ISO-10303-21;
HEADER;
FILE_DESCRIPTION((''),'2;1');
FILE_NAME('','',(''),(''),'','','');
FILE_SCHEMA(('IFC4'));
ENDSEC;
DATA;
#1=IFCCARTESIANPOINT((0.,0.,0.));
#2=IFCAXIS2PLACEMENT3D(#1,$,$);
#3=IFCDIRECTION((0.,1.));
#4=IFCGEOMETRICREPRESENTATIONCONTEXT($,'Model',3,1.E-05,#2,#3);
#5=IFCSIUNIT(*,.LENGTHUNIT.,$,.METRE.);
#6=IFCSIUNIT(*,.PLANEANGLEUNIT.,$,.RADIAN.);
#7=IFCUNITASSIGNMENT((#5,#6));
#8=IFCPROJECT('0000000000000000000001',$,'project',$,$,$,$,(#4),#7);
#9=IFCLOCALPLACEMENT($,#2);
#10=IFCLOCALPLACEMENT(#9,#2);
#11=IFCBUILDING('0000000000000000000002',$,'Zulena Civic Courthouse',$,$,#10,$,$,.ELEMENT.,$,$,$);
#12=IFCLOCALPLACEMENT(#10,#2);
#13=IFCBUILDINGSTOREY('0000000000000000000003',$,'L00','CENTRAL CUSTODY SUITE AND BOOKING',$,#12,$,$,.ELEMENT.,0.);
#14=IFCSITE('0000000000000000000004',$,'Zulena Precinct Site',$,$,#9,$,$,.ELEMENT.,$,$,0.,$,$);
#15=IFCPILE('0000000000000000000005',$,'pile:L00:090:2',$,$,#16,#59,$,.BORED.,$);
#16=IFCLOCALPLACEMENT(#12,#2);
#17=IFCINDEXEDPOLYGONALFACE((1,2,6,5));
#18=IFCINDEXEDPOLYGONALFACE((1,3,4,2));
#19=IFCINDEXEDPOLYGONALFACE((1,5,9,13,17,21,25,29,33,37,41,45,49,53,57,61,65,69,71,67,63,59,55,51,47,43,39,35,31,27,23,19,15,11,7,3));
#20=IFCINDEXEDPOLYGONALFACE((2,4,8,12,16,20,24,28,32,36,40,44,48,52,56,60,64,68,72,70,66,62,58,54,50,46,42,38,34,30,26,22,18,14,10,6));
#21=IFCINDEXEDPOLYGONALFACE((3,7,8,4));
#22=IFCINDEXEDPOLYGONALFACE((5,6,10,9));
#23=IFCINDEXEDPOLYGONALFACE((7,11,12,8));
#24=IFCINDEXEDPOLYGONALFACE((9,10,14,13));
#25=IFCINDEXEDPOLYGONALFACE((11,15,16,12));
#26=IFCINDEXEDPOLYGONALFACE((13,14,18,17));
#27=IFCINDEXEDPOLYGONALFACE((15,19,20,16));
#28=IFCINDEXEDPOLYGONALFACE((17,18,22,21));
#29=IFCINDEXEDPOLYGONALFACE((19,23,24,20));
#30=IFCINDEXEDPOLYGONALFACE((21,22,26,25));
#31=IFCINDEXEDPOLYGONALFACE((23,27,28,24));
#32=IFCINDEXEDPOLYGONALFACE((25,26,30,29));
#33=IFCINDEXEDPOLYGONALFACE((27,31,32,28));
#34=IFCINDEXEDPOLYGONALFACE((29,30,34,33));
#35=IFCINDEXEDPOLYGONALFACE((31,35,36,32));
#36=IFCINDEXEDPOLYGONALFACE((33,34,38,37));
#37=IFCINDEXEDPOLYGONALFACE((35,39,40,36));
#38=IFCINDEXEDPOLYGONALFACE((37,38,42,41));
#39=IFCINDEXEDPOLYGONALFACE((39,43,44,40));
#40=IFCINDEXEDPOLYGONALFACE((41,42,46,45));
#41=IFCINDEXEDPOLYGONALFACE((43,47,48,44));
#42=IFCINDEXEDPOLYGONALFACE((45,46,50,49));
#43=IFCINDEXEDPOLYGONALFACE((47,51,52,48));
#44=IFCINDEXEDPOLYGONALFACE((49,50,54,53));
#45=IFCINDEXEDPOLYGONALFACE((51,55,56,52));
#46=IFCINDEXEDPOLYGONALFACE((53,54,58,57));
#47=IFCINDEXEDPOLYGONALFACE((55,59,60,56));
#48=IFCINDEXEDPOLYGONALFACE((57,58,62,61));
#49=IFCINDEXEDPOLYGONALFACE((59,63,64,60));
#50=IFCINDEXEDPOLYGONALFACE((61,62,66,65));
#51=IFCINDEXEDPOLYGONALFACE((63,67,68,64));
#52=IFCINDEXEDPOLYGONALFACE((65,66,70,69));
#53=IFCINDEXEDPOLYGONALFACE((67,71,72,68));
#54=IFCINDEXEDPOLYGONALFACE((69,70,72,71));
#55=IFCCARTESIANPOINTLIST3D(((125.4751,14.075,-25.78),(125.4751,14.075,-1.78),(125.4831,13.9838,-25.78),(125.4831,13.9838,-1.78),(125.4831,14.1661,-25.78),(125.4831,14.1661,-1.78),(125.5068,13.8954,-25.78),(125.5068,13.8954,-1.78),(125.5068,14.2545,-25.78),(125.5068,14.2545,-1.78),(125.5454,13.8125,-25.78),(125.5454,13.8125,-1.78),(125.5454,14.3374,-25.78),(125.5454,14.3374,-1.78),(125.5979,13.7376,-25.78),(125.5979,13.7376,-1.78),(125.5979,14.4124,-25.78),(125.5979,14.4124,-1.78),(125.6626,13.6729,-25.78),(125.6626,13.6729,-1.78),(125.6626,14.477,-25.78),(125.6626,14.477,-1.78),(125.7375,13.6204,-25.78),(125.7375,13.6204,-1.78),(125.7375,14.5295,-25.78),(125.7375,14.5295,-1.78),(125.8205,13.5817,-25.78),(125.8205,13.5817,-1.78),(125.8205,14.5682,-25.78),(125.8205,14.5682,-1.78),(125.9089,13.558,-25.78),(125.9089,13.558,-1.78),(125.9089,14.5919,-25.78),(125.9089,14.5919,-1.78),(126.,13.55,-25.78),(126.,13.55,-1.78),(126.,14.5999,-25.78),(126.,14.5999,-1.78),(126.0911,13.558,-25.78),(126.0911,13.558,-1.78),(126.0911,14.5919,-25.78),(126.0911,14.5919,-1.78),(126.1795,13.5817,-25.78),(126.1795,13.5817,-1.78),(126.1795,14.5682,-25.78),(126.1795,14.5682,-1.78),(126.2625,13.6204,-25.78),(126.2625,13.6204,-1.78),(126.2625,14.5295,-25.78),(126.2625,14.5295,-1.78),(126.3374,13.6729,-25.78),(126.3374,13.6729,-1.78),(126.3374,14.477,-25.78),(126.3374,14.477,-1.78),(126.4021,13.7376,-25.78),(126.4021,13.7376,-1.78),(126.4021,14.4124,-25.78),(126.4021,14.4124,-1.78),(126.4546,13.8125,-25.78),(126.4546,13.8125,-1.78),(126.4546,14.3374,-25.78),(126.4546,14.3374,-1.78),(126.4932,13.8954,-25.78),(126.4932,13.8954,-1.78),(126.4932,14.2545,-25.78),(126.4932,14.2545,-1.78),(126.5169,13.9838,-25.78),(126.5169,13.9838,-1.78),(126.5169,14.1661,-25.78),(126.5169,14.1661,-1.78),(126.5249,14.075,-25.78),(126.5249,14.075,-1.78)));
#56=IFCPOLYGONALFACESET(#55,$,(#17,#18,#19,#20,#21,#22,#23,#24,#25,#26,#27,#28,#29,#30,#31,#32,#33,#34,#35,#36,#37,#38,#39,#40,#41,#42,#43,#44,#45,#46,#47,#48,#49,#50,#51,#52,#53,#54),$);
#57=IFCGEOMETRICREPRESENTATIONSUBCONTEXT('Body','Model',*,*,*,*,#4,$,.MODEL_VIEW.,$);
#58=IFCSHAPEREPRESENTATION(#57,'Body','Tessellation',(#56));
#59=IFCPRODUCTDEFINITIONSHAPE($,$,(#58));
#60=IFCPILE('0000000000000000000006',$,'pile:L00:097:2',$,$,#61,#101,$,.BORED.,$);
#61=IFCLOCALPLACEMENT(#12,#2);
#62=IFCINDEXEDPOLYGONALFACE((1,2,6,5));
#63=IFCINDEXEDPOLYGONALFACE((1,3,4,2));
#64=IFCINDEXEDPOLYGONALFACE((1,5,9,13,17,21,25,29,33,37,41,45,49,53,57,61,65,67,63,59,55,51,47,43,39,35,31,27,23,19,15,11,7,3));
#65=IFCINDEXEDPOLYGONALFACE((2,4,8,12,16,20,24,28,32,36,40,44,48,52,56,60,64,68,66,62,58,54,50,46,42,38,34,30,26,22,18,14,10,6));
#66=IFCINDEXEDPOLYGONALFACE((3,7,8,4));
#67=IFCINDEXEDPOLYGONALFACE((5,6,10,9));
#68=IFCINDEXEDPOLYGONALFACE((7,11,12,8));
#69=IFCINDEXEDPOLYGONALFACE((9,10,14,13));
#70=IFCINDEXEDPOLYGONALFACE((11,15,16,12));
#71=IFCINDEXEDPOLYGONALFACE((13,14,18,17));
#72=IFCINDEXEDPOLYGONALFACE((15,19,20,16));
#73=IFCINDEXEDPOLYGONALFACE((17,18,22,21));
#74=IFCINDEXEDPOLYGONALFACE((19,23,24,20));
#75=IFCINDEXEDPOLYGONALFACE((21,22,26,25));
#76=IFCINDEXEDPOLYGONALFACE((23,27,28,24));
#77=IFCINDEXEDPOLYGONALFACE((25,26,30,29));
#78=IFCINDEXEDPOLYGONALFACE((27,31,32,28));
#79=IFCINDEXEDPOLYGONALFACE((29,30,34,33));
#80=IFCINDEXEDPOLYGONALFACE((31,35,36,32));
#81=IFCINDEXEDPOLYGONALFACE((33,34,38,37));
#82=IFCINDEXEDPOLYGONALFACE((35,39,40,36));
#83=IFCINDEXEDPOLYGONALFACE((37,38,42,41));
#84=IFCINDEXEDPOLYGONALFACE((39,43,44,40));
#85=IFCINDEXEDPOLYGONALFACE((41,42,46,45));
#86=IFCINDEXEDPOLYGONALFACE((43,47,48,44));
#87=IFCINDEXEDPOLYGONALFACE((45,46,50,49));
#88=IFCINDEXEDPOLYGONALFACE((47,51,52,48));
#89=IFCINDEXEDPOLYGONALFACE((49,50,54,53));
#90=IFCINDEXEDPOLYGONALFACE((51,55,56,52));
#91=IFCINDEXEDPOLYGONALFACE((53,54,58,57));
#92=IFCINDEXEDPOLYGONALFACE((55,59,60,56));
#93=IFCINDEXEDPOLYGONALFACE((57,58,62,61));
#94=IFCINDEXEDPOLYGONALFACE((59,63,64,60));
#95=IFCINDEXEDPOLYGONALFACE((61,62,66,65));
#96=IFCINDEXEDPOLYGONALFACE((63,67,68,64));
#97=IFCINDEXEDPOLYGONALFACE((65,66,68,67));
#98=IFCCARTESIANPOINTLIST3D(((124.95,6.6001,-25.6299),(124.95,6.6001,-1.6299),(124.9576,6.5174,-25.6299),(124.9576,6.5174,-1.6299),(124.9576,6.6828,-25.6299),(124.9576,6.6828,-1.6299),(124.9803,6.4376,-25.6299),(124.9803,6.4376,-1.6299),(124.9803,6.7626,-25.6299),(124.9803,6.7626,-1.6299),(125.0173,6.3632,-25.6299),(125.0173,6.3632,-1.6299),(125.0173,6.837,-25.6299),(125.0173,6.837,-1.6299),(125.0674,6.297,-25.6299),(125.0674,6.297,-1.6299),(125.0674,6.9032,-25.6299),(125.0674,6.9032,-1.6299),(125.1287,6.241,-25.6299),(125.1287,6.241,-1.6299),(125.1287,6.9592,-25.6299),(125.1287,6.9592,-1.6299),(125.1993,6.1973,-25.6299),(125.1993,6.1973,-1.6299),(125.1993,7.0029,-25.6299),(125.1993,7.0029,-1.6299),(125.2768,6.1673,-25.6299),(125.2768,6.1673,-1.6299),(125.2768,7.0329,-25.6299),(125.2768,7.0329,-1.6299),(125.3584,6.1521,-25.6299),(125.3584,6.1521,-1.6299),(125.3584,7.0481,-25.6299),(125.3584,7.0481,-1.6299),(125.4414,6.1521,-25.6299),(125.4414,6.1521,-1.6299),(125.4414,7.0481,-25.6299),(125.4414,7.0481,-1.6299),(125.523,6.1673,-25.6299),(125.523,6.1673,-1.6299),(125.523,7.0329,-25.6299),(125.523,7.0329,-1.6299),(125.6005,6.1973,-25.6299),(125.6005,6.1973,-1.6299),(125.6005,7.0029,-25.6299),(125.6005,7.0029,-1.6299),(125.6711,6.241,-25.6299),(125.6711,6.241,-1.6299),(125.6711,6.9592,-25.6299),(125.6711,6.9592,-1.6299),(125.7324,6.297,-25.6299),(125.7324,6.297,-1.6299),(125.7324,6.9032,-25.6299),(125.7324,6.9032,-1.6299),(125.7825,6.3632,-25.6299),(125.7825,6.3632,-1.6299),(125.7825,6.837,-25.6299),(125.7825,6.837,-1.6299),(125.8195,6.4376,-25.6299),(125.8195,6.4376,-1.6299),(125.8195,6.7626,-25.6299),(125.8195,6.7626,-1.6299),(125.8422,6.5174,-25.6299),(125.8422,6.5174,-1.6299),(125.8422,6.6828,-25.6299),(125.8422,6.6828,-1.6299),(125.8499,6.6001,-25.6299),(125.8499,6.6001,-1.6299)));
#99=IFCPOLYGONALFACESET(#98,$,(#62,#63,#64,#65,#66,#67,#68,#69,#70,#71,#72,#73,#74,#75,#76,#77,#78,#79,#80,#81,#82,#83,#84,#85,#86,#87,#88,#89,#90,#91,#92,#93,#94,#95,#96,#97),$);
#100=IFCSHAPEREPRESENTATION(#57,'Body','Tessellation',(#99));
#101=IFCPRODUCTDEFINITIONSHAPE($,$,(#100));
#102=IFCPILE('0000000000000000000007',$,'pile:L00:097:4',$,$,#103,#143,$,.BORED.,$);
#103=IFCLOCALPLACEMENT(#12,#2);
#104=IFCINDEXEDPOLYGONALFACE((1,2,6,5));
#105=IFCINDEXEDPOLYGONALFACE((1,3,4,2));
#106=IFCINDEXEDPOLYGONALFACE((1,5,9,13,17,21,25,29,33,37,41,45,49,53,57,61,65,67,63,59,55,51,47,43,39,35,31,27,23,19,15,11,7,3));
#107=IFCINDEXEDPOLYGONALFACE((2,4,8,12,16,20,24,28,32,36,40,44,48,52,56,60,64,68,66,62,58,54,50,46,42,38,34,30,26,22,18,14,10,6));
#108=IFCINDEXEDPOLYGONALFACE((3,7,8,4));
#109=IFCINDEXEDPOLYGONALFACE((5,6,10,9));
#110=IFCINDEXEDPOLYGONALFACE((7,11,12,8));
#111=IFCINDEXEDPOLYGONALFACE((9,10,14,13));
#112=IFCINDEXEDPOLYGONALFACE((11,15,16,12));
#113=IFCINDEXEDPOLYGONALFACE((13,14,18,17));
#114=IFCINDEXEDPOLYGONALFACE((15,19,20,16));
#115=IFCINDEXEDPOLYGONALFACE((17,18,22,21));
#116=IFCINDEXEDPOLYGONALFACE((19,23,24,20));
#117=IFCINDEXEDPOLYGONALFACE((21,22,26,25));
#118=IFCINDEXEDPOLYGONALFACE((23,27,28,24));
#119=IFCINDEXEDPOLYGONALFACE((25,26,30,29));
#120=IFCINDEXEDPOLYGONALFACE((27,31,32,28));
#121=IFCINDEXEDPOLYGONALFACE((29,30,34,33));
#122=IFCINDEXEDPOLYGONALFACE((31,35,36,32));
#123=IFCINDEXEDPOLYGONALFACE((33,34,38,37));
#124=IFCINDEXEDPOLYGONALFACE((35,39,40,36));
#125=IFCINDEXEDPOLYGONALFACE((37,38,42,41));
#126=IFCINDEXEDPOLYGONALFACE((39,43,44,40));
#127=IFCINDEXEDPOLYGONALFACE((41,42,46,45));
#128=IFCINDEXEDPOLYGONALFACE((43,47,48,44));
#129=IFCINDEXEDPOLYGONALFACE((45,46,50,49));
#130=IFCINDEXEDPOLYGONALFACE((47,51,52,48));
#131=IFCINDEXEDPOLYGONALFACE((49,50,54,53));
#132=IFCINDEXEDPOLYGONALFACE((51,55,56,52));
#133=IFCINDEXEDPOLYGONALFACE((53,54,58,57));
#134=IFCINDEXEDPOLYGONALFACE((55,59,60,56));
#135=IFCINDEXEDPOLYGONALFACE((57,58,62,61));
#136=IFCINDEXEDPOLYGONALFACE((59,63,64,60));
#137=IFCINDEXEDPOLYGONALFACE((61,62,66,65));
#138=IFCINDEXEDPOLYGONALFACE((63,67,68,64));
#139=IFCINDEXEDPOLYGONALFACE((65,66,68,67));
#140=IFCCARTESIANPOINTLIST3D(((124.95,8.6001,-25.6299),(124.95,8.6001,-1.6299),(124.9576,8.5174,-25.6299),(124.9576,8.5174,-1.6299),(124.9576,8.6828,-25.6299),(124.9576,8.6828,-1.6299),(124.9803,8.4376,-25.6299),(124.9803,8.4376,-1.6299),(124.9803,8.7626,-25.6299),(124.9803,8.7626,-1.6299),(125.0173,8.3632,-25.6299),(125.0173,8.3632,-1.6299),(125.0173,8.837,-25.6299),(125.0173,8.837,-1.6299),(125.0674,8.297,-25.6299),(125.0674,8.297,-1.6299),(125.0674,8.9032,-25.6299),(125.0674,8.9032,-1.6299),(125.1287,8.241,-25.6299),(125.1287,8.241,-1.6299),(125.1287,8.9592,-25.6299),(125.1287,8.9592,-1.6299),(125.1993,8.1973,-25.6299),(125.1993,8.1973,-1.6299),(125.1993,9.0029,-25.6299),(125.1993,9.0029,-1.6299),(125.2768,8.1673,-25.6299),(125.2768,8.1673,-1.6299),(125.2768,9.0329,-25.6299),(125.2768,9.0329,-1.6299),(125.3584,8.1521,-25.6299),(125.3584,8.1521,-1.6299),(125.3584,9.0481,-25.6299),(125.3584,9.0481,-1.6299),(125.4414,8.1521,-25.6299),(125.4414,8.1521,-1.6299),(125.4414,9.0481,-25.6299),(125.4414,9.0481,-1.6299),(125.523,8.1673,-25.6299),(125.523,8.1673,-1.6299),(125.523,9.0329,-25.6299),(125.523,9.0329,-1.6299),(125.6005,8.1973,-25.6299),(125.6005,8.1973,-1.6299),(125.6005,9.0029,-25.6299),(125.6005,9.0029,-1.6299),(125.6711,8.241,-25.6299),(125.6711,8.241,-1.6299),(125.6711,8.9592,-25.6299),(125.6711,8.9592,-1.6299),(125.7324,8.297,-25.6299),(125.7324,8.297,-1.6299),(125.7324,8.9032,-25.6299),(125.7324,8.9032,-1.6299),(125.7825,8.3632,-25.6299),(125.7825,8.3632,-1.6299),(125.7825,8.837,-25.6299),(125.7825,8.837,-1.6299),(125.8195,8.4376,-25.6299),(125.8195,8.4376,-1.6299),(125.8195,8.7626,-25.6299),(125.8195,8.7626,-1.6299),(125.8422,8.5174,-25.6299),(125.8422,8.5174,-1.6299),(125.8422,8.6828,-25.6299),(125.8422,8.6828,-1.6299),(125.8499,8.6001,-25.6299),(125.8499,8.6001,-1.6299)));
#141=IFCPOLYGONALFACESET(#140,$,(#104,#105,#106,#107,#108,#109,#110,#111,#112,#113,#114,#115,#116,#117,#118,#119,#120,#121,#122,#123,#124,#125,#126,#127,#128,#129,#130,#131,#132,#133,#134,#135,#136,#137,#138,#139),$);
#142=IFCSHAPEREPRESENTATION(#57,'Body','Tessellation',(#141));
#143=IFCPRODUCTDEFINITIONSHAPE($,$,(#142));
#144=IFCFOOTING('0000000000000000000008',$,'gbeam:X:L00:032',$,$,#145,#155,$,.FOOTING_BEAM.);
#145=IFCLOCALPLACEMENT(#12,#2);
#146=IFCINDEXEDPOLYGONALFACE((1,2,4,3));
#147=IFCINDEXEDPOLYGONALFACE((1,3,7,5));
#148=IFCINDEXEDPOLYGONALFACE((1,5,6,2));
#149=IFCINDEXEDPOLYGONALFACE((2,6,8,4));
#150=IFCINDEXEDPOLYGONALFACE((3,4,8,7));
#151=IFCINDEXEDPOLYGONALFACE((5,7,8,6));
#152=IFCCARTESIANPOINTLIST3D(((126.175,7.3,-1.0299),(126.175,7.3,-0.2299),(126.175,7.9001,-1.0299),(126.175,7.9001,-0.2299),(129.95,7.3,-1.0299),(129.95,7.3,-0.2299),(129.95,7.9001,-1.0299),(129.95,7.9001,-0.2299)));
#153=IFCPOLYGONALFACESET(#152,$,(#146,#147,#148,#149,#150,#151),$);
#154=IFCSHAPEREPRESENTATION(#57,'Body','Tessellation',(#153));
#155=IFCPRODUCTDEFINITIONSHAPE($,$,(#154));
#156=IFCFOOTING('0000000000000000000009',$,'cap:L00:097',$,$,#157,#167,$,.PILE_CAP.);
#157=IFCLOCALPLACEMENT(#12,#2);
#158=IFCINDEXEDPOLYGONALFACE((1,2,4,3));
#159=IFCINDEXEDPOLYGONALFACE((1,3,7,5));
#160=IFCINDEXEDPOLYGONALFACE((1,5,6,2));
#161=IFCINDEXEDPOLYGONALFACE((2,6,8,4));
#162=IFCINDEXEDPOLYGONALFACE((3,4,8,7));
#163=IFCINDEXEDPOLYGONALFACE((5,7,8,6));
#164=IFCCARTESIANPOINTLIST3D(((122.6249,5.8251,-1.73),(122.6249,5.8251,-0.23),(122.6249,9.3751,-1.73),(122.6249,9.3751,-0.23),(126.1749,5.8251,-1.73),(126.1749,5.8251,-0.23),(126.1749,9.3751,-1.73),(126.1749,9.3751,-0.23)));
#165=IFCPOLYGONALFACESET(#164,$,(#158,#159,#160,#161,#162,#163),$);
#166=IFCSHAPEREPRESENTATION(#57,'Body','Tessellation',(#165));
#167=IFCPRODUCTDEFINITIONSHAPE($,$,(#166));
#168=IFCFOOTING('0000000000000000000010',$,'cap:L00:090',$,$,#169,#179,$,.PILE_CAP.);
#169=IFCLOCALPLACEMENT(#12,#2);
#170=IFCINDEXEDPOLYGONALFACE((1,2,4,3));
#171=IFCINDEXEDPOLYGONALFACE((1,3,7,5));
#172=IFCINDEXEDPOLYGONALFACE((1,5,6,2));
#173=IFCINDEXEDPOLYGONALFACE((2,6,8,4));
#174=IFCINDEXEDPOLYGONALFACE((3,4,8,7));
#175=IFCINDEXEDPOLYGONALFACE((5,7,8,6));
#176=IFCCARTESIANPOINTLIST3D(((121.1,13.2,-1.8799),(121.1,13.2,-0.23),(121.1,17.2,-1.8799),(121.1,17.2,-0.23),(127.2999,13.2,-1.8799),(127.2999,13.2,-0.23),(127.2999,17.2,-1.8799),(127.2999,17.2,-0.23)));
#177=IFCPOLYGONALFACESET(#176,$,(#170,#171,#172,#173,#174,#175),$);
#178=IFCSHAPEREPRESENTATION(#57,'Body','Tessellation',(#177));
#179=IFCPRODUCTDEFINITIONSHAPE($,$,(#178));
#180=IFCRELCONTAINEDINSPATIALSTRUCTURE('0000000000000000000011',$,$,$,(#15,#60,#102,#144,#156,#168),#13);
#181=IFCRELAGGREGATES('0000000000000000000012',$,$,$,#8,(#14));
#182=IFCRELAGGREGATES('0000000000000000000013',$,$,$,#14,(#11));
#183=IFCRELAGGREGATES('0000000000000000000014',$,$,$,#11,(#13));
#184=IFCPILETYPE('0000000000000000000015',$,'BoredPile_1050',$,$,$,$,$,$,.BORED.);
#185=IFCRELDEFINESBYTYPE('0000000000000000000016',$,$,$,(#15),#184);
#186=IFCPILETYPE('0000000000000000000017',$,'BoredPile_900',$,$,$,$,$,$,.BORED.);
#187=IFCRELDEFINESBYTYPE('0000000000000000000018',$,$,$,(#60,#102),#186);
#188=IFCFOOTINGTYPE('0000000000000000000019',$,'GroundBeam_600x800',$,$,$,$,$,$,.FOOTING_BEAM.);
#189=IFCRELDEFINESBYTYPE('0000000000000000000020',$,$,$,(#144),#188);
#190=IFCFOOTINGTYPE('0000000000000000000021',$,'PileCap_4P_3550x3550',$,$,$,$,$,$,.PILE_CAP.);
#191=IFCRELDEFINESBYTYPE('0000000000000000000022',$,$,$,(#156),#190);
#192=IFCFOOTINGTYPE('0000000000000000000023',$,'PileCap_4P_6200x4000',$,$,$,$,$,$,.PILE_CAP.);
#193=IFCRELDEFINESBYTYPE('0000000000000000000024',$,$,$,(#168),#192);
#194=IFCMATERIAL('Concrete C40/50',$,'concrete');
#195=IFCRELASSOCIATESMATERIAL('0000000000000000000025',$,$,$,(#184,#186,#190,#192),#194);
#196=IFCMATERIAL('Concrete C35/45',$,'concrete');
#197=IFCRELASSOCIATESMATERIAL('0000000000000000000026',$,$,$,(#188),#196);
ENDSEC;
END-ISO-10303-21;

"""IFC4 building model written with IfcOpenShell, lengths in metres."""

from ifc_helpers import new_model, si_unit, direction, frame, origin, origin_2d, place, context, subcontext, project, spatial, rectangle, circle, extrude, material, material_profile, profile_set, type_object, element, save


model = new_model("IFC4")

# Units and contexts
model_context = context("Model", 3, precision=1e-05, world=origin(), true_north=direction((0.0, 1.0)))
body_context = subcontext(model_context, "Body", "Model", "MODEL_VIEW")
ifc_project = project(units=[si_unit("LENGTHUNIT", "METRE"), si_unit("PLANEANGLEUNIT", "RADIAN")], contexts=[model_context])

# Site, building, storey
site_placement = place(None, origin())
site = spatial("IfcSite", under=ifc_project, at=site_placement, Name="Zulena Precinct Site", CompositionType="ELEMENT", RefElevation=0.0)
building_placement = place(site_placement, origin())
building = spatial("IfcBuilding", under=site, at=building_placement, Name="Zulena Civic Courthouse", CompositionType="ELEMENT")
storey_placement = place(building_placement, origin())
storey = spatial("IfcBuildingStorey", under=building, at=storey_placement, Name="L00", Description="CENTRAL CUSTODY SUITE AND BOOKING", CompositionType="ELEMENT", Elevation=0.0)

# Piles
ifc_material_1 = material(Name="Concrete C40/50", Category="concrete")
ifc_material_profile_1 = material_profile(ifc_material_1, circle(Radius=0.5249, at=origin_2d()), Name="PILE1050")
ifc_profile_set_1 = profile_set([ifc_material_profile_1], Name="Concrete C40/50")
pile_type_1 = type_object("IfcPileType", Name="BoredPile_1050", PredefinedType="BORED", material=ifc_profile_set_1)
pile_placement = place(storey_placement, frame((126.0, 14.075, -1.78), z_axis=(0.0, 0.0, -1.0), x_axis=(1.0, 0.0, 0.0)))
element("IfcPile", 1, at=pile_placement, inside=storey, type_object=pile_type_1, Name="pile:L00:090:2", PredefinedType="BORED", context=body_context, shape_type="SweptSolid", body=[
    extrude(circle(Radius=0.5249, at=origin_2d()), origin(), (0.0, 0.0, 1.0), 24.0),
])
ifc_material_profile_2 = material_profile(ifc_material_1, circle(Radius=0.45, at=origin_2d()), Name="PILE900")
ifc_profile_set_2 = profile_set([ifc_material_profile_2], Name="Concrete C40/50")
pile_type_2 = type_object("IfcPileType", Name="BoredPile_900", PredefinedType="BORED", material=ifc_profile_set_2)
for number, where, z_axis, x_axis, name in (
    (2, (125.3999, 6.6001, -1.6299), (0.0, 0.0, -1.0), (1.0, 0.0, 0.0), "pile:L00:097:2"),
    (3, (125.3999, 8.6001, -1.6299), (0.0, 0.0, -1.0), (1.0, 0.0, 0.0), "pile:L00:097:4"),
):
    element("IfcPile", number, at=place(storey_placement, frame(where, z_axis=z_axis, x_axis=x_axis)), inside=storey, type_object=pile_type_2, Name=name, PredefinedType="BORED", context=body_context, shape_type="SweptSolid", body=[
        extrude(circle(Radius=0.45, at=origin_2d()), origin(), (0.0, 0.0, 1.0), 24.0),
    ])

# Footings
ifc_material_2 = material(Name="Concrete C35/45", Category="concrete")
ifc_material_profile_3 = material_profile(ifc_material_2, rectangle(XDim=0.6001, YDim=0.8, at=origin_2d()), Name="RC600X800")
ifc_profile_set_3 = profile_set([ifc_material_profile_3], Name="Concrete C35/45")
footing_type_1 = type_object("IfcFootingType", Name="GroundBeam_600x800", PredefinedType="FOOTING_BEAM", material=ifc_profile_set_3)
footing_1_placement = place(storey_placement, frame((126.175, 7.6001, -0.6299), z_axis=(1.0, 0.0, 0.0), x_axis=(0.0, 1.0, 0.0)))
element("IfcFooting", 4, at=footing_1_placement, inside=storey, type_object=footing_type_1, Name="gbeam:X:L00:032", PredefinedType="FOOTING_BEAM", context=body_context, shape_type="SweptSolid", body=[
    extrude(rectangle(XDim=0.6001, YDim=0.8, at=origin_2d()), origin(), (0.0, 0.0, 1.0), 3.7749),
])
footing_type_2 = type_object("IfcFootingType", Name="PileCap_4P_3550x3550", PredefinedType="PILE_CAP", material=ifc_material_1)
footing_2_placement = place(storey_placement, frame((124.3999, 7.6001, -1.73), z_axis=(0.0, 0.0, 1.0), x_axis=(1.0, 0.0, 0.0)))
element("IfcFooting", 5, at=footing_2_placement, inside=storey, type_object=footing_type_2, Name="cap:L00:097", PredefinedType="PILE_CAP", context=body_context, shape_type="SweptSolid", body=[
    extrude(rectangle(XDim=3.55, YDim=3.55, at=origin_2d()), origin(), (0.0, 0.0, 1.0), 1.5),
])
footing_type_3 = type_object("IfcFootingType", Name="PileCap_4P_6200x4000", PredefinedType="PILE_CAP", material=ifc_material_1)
footing_3_placement = place(storey_placement, frame((124.2, 15.2, -1.8799), z_axis=(0.0, 0.0, 1.0), x_axis=(1.0, 0.0, 0.0)))
element("IfcFooting", 6, at=footing_3_placement, inside=storey, type_object=footing_type_3, Name="cap:L00:090", PredefinedType="PILE_CAP", context=body_context, shape_type="SweptSolid", body=[
    extrude(rectangle(XDim=6.2, YDim=4.0, at=origin_2d()), origin(), (0.0, 0.0, 1.0), 1.6499),
])

save(model, "model.ifc")
